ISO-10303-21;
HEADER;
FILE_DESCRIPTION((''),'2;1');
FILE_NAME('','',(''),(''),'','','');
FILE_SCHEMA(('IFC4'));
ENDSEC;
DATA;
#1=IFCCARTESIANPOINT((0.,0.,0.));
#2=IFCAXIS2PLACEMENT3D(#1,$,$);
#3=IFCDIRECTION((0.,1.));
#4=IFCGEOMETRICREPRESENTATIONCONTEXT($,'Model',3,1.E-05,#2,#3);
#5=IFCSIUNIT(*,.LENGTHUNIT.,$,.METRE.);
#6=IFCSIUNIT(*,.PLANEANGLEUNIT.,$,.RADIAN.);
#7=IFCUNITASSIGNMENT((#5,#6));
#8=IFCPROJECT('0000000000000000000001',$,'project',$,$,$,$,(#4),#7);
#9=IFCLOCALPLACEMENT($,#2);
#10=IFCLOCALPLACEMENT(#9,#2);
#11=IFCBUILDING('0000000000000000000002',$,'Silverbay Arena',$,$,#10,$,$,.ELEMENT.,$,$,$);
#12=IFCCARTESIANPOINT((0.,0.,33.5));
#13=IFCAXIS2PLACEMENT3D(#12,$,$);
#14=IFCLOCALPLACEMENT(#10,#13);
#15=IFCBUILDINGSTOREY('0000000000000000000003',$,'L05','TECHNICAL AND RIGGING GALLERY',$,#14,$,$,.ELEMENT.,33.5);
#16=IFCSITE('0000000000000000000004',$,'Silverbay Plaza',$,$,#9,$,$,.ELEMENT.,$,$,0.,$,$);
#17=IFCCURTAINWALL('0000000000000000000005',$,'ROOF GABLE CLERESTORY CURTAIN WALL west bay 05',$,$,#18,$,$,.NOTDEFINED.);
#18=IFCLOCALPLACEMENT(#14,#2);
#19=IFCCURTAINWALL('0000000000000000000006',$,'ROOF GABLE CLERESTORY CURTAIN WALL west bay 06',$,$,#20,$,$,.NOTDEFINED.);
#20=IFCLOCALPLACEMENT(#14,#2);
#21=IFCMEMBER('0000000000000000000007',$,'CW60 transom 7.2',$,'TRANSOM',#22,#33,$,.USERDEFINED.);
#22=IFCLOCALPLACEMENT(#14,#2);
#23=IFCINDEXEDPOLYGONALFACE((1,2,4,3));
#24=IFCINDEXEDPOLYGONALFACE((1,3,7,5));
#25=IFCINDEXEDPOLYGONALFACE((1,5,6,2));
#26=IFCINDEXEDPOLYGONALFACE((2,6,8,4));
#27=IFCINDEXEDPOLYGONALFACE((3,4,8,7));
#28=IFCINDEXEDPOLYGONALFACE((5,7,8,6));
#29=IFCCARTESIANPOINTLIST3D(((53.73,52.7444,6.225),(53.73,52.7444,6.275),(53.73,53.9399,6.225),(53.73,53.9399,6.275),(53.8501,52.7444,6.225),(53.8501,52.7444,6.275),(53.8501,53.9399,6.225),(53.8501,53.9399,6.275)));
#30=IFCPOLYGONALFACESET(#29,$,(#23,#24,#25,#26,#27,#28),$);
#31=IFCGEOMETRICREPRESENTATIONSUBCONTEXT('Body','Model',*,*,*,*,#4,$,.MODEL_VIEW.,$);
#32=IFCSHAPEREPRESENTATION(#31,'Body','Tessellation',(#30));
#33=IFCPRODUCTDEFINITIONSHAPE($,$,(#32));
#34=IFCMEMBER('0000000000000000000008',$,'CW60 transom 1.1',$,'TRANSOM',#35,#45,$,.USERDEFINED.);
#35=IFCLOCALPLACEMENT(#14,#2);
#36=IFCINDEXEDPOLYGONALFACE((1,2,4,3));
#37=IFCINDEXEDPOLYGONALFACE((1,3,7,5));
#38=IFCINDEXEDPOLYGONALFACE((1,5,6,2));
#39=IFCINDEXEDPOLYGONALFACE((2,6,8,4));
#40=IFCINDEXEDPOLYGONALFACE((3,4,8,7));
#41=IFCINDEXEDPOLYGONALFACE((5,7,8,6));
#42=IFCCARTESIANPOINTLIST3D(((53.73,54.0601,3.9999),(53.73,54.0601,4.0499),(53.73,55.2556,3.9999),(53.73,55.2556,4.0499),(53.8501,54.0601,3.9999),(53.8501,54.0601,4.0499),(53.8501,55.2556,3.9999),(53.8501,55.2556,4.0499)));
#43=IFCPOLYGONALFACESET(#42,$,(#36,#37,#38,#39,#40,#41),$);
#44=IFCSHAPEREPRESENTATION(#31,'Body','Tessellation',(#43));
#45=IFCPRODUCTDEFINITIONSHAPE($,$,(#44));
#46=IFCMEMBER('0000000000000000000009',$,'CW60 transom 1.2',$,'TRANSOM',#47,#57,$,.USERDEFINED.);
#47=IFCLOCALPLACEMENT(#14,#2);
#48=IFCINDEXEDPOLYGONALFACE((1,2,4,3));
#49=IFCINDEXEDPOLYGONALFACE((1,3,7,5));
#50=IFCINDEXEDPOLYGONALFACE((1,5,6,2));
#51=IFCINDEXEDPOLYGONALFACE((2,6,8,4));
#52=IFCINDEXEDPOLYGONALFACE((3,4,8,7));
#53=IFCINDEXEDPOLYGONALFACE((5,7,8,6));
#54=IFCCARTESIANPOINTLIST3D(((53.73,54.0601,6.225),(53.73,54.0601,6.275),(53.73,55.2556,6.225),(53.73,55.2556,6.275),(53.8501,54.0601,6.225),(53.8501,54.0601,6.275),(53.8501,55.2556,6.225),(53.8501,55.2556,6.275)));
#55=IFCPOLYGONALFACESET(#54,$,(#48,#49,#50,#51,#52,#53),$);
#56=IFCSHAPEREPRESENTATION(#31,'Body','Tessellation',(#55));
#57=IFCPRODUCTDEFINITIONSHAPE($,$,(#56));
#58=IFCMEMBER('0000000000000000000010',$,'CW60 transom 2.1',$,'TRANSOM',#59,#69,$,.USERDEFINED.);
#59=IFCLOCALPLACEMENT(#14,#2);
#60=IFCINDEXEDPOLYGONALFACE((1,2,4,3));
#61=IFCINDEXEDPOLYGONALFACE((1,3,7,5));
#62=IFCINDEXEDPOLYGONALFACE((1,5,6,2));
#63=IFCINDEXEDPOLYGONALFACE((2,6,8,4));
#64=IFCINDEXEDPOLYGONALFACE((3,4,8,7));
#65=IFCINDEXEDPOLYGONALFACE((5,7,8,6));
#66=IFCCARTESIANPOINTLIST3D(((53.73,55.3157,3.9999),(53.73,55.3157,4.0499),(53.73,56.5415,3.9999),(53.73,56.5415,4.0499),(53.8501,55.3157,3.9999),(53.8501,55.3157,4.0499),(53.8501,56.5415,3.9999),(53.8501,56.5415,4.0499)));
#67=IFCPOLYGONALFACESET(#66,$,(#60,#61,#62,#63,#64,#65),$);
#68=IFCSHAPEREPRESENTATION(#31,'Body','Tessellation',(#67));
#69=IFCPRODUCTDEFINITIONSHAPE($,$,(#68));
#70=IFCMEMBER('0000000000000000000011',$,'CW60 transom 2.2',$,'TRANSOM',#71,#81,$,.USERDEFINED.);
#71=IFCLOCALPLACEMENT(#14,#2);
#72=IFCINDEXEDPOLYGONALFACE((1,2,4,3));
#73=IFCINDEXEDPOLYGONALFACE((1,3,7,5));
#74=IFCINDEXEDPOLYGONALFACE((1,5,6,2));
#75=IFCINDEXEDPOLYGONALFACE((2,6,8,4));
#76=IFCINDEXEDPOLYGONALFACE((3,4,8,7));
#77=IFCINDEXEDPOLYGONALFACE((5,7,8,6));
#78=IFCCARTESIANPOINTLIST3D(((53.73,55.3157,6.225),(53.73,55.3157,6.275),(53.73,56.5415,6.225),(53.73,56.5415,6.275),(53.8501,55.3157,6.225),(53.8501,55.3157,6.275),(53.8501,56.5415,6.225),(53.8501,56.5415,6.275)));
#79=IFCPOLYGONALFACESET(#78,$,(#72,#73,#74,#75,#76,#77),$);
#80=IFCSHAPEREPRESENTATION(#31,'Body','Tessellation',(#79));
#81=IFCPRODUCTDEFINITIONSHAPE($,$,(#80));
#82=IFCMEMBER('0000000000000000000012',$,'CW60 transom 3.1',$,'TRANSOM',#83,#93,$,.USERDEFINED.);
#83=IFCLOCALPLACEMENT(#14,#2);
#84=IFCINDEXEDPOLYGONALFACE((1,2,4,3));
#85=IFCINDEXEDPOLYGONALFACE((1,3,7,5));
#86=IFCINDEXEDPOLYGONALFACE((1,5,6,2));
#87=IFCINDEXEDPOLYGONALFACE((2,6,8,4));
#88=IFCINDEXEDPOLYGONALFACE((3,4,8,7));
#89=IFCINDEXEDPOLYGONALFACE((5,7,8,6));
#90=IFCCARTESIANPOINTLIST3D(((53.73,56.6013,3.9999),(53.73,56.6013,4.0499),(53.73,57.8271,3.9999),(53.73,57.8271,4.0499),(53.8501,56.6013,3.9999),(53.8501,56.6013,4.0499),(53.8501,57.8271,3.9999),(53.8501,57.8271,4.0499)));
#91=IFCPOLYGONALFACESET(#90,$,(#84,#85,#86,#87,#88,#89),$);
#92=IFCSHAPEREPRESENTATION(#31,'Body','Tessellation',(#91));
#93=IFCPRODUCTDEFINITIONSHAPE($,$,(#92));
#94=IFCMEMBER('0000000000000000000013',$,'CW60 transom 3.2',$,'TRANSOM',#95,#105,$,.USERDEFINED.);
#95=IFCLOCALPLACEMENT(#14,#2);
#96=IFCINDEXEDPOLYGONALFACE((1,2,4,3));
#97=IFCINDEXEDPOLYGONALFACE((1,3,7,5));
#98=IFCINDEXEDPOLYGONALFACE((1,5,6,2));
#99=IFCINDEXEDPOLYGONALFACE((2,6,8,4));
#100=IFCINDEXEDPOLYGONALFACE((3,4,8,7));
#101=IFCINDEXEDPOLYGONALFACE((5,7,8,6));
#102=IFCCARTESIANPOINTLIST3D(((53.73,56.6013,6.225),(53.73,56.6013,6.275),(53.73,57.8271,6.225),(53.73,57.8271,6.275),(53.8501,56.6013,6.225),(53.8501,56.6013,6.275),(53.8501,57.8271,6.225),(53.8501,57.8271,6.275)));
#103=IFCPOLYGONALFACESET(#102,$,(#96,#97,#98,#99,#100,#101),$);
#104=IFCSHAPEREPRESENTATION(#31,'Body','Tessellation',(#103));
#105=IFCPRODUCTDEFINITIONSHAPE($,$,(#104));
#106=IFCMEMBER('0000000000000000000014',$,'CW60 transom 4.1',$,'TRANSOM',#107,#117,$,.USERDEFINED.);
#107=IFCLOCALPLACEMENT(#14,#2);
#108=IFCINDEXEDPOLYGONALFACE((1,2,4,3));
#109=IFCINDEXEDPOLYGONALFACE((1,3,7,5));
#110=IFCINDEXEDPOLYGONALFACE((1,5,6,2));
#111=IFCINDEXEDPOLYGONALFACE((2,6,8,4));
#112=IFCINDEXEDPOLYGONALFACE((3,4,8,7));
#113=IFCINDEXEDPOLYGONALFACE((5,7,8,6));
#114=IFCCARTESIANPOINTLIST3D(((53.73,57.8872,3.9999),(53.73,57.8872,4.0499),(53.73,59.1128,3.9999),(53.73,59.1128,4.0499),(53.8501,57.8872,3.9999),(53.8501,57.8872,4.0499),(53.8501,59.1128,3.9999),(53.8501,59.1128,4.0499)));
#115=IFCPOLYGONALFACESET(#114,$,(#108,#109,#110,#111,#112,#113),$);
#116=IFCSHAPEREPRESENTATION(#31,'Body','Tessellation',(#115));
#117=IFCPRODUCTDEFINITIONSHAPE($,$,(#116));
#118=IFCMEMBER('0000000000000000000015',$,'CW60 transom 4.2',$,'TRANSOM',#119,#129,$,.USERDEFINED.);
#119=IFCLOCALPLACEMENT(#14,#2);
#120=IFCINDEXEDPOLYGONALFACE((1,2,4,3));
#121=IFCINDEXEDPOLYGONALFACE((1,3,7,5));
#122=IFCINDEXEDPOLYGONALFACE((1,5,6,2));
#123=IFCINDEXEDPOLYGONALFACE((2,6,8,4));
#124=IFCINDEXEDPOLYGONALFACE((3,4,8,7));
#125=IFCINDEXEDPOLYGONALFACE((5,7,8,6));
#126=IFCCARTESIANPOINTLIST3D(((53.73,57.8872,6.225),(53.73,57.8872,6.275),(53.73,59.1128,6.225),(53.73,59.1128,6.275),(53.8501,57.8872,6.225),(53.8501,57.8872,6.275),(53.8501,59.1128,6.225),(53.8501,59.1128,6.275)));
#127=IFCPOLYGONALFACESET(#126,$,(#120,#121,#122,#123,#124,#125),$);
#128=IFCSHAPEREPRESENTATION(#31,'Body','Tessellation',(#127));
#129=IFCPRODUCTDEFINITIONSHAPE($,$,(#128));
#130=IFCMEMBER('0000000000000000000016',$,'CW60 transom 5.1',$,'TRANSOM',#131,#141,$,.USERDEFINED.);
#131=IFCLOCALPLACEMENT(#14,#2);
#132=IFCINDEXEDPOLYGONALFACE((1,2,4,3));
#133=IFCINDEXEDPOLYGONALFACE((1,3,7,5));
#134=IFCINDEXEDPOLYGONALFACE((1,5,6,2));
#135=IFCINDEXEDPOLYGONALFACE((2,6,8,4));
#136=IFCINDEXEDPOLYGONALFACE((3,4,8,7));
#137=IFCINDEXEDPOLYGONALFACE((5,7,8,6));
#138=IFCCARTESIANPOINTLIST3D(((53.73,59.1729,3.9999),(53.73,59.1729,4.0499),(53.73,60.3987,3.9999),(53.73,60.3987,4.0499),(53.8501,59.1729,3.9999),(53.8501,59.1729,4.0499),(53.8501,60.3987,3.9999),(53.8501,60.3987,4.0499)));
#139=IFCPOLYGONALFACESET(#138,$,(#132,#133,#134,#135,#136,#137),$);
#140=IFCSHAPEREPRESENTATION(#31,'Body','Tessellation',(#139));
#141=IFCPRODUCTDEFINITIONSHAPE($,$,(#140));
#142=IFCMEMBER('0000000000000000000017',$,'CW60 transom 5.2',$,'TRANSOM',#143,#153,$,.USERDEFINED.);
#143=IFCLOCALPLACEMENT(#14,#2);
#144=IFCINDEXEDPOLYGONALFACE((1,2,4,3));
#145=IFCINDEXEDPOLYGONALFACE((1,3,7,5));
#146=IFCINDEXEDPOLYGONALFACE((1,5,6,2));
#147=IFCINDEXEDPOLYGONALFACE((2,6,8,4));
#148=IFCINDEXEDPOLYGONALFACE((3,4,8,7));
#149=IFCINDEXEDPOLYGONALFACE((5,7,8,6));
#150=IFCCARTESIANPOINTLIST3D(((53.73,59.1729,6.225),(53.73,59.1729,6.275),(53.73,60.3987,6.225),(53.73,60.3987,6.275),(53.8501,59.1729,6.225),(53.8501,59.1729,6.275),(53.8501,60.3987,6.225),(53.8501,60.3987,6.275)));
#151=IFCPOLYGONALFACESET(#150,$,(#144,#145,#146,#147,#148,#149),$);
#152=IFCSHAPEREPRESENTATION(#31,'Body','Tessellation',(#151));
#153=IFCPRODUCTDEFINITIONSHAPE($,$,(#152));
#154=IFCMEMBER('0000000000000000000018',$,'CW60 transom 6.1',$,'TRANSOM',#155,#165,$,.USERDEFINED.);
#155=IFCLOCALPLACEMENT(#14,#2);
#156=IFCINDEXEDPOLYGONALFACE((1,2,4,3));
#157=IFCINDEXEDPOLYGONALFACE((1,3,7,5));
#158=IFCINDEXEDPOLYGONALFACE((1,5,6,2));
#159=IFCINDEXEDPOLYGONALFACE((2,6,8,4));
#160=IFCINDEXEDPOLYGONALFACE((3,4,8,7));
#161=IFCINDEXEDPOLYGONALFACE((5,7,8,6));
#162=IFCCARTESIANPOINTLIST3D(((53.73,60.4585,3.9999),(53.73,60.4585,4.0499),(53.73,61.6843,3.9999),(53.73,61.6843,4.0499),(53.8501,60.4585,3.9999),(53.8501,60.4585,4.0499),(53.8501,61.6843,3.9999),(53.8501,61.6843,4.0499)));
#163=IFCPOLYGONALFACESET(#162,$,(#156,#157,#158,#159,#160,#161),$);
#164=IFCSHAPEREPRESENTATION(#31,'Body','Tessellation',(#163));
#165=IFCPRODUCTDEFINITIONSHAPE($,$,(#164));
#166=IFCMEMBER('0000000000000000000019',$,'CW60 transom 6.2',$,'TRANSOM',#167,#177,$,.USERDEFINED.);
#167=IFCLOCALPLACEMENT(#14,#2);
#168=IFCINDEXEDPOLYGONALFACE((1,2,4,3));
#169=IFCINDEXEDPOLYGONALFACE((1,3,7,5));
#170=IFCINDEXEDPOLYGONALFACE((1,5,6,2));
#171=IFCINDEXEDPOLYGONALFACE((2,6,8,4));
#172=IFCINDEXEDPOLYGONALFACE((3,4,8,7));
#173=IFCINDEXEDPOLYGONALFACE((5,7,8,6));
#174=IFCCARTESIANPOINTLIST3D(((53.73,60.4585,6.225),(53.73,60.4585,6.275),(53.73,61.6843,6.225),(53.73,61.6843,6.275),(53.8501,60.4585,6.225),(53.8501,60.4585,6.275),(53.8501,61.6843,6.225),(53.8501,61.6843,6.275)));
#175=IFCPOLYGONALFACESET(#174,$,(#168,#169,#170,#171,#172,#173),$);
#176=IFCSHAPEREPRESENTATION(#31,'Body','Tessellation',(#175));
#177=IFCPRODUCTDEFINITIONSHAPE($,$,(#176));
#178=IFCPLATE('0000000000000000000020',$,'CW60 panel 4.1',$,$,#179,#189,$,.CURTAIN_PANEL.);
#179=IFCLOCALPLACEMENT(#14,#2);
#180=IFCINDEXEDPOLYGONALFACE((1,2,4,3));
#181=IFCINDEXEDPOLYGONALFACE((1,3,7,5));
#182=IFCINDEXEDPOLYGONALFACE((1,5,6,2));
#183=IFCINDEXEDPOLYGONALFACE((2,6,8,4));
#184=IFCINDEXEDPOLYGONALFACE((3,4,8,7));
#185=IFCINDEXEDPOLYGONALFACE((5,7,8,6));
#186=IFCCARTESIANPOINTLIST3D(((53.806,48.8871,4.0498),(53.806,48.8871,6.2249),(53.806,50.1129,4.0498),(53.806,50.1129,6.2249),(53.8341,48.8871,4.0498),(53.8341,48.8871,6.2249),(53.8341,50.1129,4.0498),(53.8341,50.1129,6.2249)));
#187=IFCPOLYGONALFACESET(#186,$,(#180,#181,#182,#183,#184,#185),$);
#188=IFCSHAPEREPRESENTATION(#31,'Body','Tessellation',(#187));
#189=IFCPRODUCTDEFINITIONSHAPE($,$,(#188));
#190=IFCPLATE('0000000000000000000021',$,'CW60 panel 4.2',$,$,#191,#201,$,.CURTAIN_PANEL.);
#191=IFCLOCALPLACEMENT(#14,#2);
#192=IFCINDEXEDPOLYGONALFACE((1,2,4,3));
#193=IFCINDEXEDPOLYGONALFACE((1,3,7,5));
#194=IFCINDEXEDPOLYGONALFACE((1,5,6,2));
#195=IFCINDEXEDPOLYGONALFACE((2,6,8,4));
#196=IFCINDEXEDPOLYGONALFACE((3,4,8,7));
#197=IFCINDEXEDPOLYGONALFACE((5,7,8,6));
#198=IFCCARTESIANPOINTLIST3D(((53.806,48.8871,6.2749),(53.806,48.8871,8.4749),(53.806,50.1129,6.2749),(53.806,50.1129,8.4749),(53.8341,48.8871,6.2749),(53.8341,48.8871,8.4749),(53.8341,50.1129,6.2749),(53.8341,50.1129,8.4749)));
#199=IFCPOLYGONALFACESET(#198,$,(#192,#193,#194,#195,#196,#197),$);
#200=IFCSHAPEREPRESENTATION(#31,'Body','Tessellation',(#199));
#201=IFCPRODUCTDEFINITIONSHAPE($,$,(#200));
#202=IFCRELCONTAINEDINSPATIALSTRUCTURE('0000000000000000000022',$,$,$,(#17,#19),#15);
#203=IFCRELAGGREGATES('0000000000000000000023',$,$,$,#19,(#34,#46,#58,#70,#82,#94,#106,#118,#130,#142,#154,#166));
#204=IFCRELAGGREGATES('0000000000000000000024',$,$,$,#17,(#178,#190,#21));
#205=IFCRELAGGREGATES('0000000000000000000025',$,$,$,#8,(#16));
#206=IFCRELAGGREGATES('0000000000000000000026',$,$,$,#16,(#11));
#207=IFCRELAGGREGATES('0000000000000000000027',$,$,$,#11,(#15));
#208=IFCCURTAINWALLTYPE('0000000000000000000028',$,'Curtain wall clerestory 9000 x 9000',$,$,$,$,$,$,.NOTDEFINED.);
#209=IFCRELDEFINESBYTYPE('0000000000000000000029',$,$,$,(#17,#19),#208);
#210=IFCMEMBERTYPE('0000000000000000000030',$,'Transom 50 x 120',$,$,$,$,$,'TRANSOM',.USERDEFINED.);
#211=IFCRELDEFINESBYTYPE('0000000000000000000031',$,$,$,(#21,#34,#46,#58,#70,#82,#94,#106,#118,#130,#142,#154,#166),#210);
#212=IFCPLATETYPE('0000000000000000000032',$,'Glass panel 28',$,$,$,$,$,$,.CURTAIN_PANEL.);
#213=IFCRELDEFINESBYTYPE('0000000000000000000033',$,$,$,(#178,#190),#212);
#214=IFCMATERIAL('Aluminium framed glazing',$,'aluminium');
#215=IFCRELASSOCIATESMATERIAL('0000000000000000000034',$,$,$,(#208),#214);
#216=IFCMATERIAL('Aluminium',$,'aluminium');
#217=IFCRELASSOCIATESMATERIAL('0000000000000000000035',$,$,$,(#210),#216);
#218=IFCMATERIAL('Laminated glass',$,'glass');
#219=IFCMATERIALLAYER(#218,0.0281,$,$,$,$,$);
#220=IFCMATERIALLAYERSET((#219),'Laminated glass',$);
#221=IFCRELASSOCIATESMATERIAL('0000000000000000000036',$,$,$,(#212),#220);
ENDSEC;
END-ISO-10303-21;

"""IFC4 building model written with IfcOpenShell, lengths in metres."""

from ifc_helpers import new_model, si_unit, direction, frame, origin, origin_2d, place, context, subcontext, project, spatial, rectangle, extrude, material, layer, layer_set, material_profile, profile_set, type_object, element, aggregate, save


model = new_model("IFC4")

# Units and contexts
model_context = context("Model", 3, precision=1e-05, world=origin(), true_north=direction((0.0, 1.0)))
body_context = subcontext(model_context, "Body", "Model", "MODEL_VIEW")
ifc_project = project(units=[si_unit("LENGTHUNIT", "METRE"), si_unit("PLANEANGLEUNIT", "RADIAN")], contexts=[model_context])

# Site, building, storey
site_placement = place(None, origin())
site = spatial("IfcSite", under=ifc_project, at=site_placement, Name="Silverbay Plaza", CompositionType="ELEMENT", RefElevation=0.0)
building_placement = place(site_placement, origin())
building = spatial("IfcBuilding", under=site, at=building_placement, Name="Silverbay Arena", CompositionType="ELEMENT")
storey_placement = place(building_placement, frame((0.0, 0.0, 33.5)))
storey = spatial("IfcBuildingStorey", under=building, at=storey_placement, Name="L05", Description="TECHNICAL AND RIGGING GALLERY", CompositionType="ELEMENT", Elevation=33.5)

# Curtain walls
ifc_material_1 = material(Name="Aluminium framed glazing", Category="aluminium")
curtain_wall_type = type_object("IfcCurtainWallType", Name="Curtain wall clerestory 9000 x 9000", PredefinedType="NOTDEFINED", material=ifc_material_1)
curtain_wall_1_placement = place(storey_placement, origin())
curtain_wall_1 = element("IfcCurtainWall", 1, at=curtain_wall_1_placement, inside=storey, type_object=curtain_wall_type, Name="ROOF GABLE CLERESTORY CURTAIN WALL west bay 05", PredefinedType="NOTDEFINED")
curtain_wall_2_placement = place(storey_placement, origin())
curtain_wall_2 = element("IfcCurtainWall", 2, at=curtain_wall_2_placement, inside=storey, type_object=curtain_wall_type, Name="ROOF GABLE CLERESTORY CURTAIN WALL west bay 06", PredefinedType="NOTDEFINED")

# Members
ifc_material_2 = material(Name="Aluminium", Category="aluminium")
ifc_material_profile_1 = material_profile(ifc_material_2, rectangle(XDim=0.1201, YDim=0.05, at=origin_2d()), Name="Transom 50 x 120")
ifc_profile_set_1 = profile_set([ifc_material_profile_1], Name="Aluminium")
member_type_1 = type_object("IfcMemberType", Name="Transom 50 x 120", ElementType="TRANSOM", PredefinedType="USERDEFINED", material=ifc_profile_set_1)
member_1_placement = place(storey_placement, frame((53.79, 52.7444, 6.25), z_axis=(0.0, 1.0, 0.0), x_axis=(-1.0, 0.0, 0.0)))
member_1 = element("IfcMember", 3, at=member_1_placement, type_object=member_type_1, Name="CW60 transom 7.2", ObjectType="TRANSOM", PredefinedType="USERDEFINED", context=body_context, shape_type="SweptSolid", body=[
    extrude(rectangle(XDim=0.1201, YDim=0.05, at=origin_2d()), origin(), (0.0, 0.0, 1.0), 1.1956),
])
member_2_placement = place(storey_placement, frame((53.79, 54.0601, 4.0249), z_axis=(0.0, 1.0, 0.0), x_axis=(-1.0, 0.0, 0.0)))
member_2 = element("IfcMember", 4, at=member_2_placement, type_object=member_type_1, Name="CW60 transom 1.1", ObjectType="TRANSOM", PredefinedType="USERDEFINED", context=body_context, shape_type="SweptSolid", body=[
    extrude(rectangle(XDim=0.1201, YDim=0.05, at=origin_2d()), origin(), (0.0, 0.0, 1.0), 1.1956),
])
member_3_placement = place(storey_placement, frame((53.79, 54.0601, 6.25), z_axis=(0.0, 1.0, 0.0), x_axis=(-1.0, 0.0, 0.0)))
member_3 = element("IfcMember", 5, at=member_3_placement, type_object=member_type_1, Name="CW60 transom 1.2", ObjectType="TRANSOM", PredefinedType="USERDEFINED", context=body_context, shape_type="SweptSolid", body=[
    extrude(rectangle(XDim=0.1201, YDim=0.05, at=origin_2d()), origin(), (0.0, 0.0, 1.0), 1.1956),
])
member_4_placement = place(storey_placement, frame((53.79, 55.3157, 4.0249), z_axis=(0.0, 1.0, 0.0), x_axis=(-1.0, 0.0, 0.0)))
member_4 = element("IfcMember", 6, at=member_4_placement, type_object=member_type_1, Name="CW60 transom 2.1", ObjectType="TRANSOM", PredefinedType="USERDEFINED", context=body_context, shape_type="SweptSolid", body=[
    extrude(rectangle(XDim=0.1201, YDim=0.05, at=origin_2d()), origin(), (0.0, 0.0, 1.0), 1.2258),
])
member_5_placement = place(storey_placement, frame((53.79, 55.3157, 6.25), z_axis=(0.0, 1.0, 0.0), x_axis=(-1.0, 0.0, 0.0)))
member_5 = element("IfcMember", 7, at=member_5_placement, type_object=member_type_1, Name="CW60 transom 2.2", ObjectType="TRANSOM", PredefinedType="USERDEFINED", context=body_context, shape_type="SweptSolid", body=[
    extrude(rectangle(XDim=0.1201, YDim=0.05, at=origin_2d()), origin(), (0.0, 0.0, 1.0), 1.2258),
])
member_6_placement = place(storey_placement, frame((53.79, 56.6013, 4.0249), z_axis=(0.0, 1.0, 0.0), x_axis=(-1.0, 0.0, 0.0)))
member_6 = element("IfcMember", 8, at=member_6_placement, type_object=member_type_1, Name="CW60 transom 3.1", ObjectType="TRANSOM", PredefinedType="USERDEFINED", context=body_context, shape_type="SweptSolid", body=[
    extrude(rectangle(XDim=0.1201, YDim=0.05, at=origin_2d()), origin(), (0.0, 0.0, 1.0), 1.2258),
])
member_7_placement = place(storey_placement, frame((53.79, 56.6013, 6.25), z_axis=(0.0, 1.0, 0.0), x_axis=(-1.0, 0.0, 0.0)))
member_7 = element("IfcMember", 9, at=member_7_placement, type_object=member_type_1, Name="CW60 transom 3.2", ObjectType="TRANSOM", PredefinedType="USERDEFINED", context=body_context, shape_type="SweptSolid", body=[
    extrude(rectangle(XDim=0.1201, YDim=0.05, at=origin_2d()), origin(), (0.0, 0.0, 1.0), 1.2258),
])
member_8_placement = place(storey_placement, frame((53.79, 57.8872, 4.0249), z_axis=(0.0, 1.0, 0.0), x_axis=(-1.0, 0.0, 0.0)))
member_8 = element("IfcMember", 10, at=member_8_placement, type_object=member_type_1, Name="CW60 transom 4.1", ObjectType="TRANSOM", PredefinedType="USERDEFINED", context=body_context, shape_type="SweptSolid", body=[
    extrude(rectangle(XDim=0.1201, YDim=0.05, at=origin_2d()), origin(), (0.0, 0.0, 1.0), 1.2256),
])
member_9_placement = place(storey_placement, frame((53.79, 57.8872, 6.25), z_axis=(0.0, 1.0, 0.0), x_axis=(-1.0, 0.0, 0.0)))
member_9 = element("IfcMember", 11, at=member_9_placement, type_object=member_type_1, Name="CW60 transom 4.2", ObjectType="TRANSOM", PredefinedType="USERDEFINED", context=body_context, shape_type="SweptSolid", body=[
    extrude(rectangle(XDim=0.1201, YDim=0.05, at=origin_2d()), origin(), (0.0, 0.0, 1.0), 1.2256),
])
member_10_placement = place(storey_placement, frame((53.79, 59.1729, 4.0249), z_axis=(0.0, 1.0, 0.0), x_axis=(-1.0, 0.0, 0.0)))
member_10 = element("IfcMember", 12, at=member_10_placement, type_object=member_type_1, Name="CW60 transom 5.1", ObjectType="TRANSOM", PredefinedType="USERDEFINED", context=body_context, shape_type="SweptSolid", body=[
    extrude(rectangle(XDim=0.1201, YDim=0.05, at=origin_2d()), origin(), (0.0, 0.0, 1.0), 1.2258),
])
member_11_placement = place(storey_placement, frame((53.79, 59.1729, 6.25), z_axis=(0.0, 1.0, 0.0), x_axis=(-1.0, 0.0, 0.0)))
member_11 = element("IfcMember", 13, at=member_11_placement, type_object=member_type_1, Name="CW60 transom 5.2", ObjectType="TRANSOM", PredefinedType="USERDEFINED", context=body_context, shape_type="SweptSolid", body=[
    extrude(rectangle(XDim=0.1201, YDim=0.05, at=origin_2d()), origin(), (0.0, 0.0, 1.0), 1.2258),
])
member_12_placement = place(storey_placement, frame((53.79, 60.4585, 4.0249), z_axis=(0.0, 1.0, 0.0), x_axis=(-1.0, 0.0, 0.0)))
member_12 = element("IfcMember", 14, at=member_12_placement, type_object=member_type_1, Name="CW60 transom 6.1", ObjectType="TRANSOM", PredefinedType="USERDEFINED", context=body_context, shape_type="SweptSolid", body=[
    extrude(rectangle(XDim=0.1201, YDim=0.05, at=origin_2d()), origin(), (0.0, 0.0, 1.0), 1.2258),
])
member_13_placement = place(storey_placement, frame((53.79, 60.4585, 6.25), z_axis=(0.0, 1.0, 0.0), x_axis=(-1.0, 0.0, 0.0)))
member_13 = element("IfcMember", 15, at=member_13_placement, type_object=member_type_1, Name="CW60 transom 6.2", ObjectType="TRANSOM", PredefinedType="USERDEFINED", context=body_context, shape_type="SweptSolid", body=[
    extrude(rectangle(XDim=0.1201, YDim=0.05, at=origin_2d()), origin(), (0.0, 0.0, 1.0), 1.2258),
])
aggregate(curtain_wall_2, [member_2, member_3, member_4, member_5, member_6, member_7, member_8, member_9, member_10, member_11, member_12, member_13])

# Plates
ifc_material_3 = material(Name="Laminated glass", Category="glass")
ifc_layer_1 = layer(ifc_material_3, 0.0281)
ifc_layer_set_1 = layer_set([ifc_layer_1], Name="Laminated glass")
plate_type = type_object("IfcPlateType", Name="Glass panel 28", PredefinedType="CURTAIN_PANEL", material=ifc_layer_set_1)
plate_1_placement = place(storey_placement, frame((53.8201, 49.5, 4.0498), z_axis=(0.0, 0.0, 1.0), x_axis=(0.0, 1.0, 0.0)))
plate_1 = element("IfcPlate", 16, at=plate_1_placement, type_object=plate_type, Name="CW60 panel 4.1", PredefinedType="CURTAIN_PANEL", context=body_context, shape_type="SweptSolid", body=[
    extrude(rectangle(XDim=1.2258, YDim=0.0281, at=origin_2d()), origin(), (0.0, 0.0, 1.0), 2.175),
])
plate_2_placement = place(storey_placement, frame((53.8201, 49.5, 6.2749), z_axis=(0.0, 0.0, 1.0), x_axis=(0.0, 1.0, 0.0)))
plate_2 = element("IfcPlate", 17, at=plate_2_placement, type_object=plate_type, Name="CW60 panel 4.2", PredefinedType="CURTAIN_PANEL", context=body_context, shape_type="SweptSolid", body=[
    extrude(rectangle(XDim=1.2258, YDim=0.0281, at=origin_2d()), origin(), (0.0, 0.0, 1.0), 2.2),
])
aggregate(curtain_wall_1, [plate_1, plate_2, member_1])

save(model, "model.ifc")
